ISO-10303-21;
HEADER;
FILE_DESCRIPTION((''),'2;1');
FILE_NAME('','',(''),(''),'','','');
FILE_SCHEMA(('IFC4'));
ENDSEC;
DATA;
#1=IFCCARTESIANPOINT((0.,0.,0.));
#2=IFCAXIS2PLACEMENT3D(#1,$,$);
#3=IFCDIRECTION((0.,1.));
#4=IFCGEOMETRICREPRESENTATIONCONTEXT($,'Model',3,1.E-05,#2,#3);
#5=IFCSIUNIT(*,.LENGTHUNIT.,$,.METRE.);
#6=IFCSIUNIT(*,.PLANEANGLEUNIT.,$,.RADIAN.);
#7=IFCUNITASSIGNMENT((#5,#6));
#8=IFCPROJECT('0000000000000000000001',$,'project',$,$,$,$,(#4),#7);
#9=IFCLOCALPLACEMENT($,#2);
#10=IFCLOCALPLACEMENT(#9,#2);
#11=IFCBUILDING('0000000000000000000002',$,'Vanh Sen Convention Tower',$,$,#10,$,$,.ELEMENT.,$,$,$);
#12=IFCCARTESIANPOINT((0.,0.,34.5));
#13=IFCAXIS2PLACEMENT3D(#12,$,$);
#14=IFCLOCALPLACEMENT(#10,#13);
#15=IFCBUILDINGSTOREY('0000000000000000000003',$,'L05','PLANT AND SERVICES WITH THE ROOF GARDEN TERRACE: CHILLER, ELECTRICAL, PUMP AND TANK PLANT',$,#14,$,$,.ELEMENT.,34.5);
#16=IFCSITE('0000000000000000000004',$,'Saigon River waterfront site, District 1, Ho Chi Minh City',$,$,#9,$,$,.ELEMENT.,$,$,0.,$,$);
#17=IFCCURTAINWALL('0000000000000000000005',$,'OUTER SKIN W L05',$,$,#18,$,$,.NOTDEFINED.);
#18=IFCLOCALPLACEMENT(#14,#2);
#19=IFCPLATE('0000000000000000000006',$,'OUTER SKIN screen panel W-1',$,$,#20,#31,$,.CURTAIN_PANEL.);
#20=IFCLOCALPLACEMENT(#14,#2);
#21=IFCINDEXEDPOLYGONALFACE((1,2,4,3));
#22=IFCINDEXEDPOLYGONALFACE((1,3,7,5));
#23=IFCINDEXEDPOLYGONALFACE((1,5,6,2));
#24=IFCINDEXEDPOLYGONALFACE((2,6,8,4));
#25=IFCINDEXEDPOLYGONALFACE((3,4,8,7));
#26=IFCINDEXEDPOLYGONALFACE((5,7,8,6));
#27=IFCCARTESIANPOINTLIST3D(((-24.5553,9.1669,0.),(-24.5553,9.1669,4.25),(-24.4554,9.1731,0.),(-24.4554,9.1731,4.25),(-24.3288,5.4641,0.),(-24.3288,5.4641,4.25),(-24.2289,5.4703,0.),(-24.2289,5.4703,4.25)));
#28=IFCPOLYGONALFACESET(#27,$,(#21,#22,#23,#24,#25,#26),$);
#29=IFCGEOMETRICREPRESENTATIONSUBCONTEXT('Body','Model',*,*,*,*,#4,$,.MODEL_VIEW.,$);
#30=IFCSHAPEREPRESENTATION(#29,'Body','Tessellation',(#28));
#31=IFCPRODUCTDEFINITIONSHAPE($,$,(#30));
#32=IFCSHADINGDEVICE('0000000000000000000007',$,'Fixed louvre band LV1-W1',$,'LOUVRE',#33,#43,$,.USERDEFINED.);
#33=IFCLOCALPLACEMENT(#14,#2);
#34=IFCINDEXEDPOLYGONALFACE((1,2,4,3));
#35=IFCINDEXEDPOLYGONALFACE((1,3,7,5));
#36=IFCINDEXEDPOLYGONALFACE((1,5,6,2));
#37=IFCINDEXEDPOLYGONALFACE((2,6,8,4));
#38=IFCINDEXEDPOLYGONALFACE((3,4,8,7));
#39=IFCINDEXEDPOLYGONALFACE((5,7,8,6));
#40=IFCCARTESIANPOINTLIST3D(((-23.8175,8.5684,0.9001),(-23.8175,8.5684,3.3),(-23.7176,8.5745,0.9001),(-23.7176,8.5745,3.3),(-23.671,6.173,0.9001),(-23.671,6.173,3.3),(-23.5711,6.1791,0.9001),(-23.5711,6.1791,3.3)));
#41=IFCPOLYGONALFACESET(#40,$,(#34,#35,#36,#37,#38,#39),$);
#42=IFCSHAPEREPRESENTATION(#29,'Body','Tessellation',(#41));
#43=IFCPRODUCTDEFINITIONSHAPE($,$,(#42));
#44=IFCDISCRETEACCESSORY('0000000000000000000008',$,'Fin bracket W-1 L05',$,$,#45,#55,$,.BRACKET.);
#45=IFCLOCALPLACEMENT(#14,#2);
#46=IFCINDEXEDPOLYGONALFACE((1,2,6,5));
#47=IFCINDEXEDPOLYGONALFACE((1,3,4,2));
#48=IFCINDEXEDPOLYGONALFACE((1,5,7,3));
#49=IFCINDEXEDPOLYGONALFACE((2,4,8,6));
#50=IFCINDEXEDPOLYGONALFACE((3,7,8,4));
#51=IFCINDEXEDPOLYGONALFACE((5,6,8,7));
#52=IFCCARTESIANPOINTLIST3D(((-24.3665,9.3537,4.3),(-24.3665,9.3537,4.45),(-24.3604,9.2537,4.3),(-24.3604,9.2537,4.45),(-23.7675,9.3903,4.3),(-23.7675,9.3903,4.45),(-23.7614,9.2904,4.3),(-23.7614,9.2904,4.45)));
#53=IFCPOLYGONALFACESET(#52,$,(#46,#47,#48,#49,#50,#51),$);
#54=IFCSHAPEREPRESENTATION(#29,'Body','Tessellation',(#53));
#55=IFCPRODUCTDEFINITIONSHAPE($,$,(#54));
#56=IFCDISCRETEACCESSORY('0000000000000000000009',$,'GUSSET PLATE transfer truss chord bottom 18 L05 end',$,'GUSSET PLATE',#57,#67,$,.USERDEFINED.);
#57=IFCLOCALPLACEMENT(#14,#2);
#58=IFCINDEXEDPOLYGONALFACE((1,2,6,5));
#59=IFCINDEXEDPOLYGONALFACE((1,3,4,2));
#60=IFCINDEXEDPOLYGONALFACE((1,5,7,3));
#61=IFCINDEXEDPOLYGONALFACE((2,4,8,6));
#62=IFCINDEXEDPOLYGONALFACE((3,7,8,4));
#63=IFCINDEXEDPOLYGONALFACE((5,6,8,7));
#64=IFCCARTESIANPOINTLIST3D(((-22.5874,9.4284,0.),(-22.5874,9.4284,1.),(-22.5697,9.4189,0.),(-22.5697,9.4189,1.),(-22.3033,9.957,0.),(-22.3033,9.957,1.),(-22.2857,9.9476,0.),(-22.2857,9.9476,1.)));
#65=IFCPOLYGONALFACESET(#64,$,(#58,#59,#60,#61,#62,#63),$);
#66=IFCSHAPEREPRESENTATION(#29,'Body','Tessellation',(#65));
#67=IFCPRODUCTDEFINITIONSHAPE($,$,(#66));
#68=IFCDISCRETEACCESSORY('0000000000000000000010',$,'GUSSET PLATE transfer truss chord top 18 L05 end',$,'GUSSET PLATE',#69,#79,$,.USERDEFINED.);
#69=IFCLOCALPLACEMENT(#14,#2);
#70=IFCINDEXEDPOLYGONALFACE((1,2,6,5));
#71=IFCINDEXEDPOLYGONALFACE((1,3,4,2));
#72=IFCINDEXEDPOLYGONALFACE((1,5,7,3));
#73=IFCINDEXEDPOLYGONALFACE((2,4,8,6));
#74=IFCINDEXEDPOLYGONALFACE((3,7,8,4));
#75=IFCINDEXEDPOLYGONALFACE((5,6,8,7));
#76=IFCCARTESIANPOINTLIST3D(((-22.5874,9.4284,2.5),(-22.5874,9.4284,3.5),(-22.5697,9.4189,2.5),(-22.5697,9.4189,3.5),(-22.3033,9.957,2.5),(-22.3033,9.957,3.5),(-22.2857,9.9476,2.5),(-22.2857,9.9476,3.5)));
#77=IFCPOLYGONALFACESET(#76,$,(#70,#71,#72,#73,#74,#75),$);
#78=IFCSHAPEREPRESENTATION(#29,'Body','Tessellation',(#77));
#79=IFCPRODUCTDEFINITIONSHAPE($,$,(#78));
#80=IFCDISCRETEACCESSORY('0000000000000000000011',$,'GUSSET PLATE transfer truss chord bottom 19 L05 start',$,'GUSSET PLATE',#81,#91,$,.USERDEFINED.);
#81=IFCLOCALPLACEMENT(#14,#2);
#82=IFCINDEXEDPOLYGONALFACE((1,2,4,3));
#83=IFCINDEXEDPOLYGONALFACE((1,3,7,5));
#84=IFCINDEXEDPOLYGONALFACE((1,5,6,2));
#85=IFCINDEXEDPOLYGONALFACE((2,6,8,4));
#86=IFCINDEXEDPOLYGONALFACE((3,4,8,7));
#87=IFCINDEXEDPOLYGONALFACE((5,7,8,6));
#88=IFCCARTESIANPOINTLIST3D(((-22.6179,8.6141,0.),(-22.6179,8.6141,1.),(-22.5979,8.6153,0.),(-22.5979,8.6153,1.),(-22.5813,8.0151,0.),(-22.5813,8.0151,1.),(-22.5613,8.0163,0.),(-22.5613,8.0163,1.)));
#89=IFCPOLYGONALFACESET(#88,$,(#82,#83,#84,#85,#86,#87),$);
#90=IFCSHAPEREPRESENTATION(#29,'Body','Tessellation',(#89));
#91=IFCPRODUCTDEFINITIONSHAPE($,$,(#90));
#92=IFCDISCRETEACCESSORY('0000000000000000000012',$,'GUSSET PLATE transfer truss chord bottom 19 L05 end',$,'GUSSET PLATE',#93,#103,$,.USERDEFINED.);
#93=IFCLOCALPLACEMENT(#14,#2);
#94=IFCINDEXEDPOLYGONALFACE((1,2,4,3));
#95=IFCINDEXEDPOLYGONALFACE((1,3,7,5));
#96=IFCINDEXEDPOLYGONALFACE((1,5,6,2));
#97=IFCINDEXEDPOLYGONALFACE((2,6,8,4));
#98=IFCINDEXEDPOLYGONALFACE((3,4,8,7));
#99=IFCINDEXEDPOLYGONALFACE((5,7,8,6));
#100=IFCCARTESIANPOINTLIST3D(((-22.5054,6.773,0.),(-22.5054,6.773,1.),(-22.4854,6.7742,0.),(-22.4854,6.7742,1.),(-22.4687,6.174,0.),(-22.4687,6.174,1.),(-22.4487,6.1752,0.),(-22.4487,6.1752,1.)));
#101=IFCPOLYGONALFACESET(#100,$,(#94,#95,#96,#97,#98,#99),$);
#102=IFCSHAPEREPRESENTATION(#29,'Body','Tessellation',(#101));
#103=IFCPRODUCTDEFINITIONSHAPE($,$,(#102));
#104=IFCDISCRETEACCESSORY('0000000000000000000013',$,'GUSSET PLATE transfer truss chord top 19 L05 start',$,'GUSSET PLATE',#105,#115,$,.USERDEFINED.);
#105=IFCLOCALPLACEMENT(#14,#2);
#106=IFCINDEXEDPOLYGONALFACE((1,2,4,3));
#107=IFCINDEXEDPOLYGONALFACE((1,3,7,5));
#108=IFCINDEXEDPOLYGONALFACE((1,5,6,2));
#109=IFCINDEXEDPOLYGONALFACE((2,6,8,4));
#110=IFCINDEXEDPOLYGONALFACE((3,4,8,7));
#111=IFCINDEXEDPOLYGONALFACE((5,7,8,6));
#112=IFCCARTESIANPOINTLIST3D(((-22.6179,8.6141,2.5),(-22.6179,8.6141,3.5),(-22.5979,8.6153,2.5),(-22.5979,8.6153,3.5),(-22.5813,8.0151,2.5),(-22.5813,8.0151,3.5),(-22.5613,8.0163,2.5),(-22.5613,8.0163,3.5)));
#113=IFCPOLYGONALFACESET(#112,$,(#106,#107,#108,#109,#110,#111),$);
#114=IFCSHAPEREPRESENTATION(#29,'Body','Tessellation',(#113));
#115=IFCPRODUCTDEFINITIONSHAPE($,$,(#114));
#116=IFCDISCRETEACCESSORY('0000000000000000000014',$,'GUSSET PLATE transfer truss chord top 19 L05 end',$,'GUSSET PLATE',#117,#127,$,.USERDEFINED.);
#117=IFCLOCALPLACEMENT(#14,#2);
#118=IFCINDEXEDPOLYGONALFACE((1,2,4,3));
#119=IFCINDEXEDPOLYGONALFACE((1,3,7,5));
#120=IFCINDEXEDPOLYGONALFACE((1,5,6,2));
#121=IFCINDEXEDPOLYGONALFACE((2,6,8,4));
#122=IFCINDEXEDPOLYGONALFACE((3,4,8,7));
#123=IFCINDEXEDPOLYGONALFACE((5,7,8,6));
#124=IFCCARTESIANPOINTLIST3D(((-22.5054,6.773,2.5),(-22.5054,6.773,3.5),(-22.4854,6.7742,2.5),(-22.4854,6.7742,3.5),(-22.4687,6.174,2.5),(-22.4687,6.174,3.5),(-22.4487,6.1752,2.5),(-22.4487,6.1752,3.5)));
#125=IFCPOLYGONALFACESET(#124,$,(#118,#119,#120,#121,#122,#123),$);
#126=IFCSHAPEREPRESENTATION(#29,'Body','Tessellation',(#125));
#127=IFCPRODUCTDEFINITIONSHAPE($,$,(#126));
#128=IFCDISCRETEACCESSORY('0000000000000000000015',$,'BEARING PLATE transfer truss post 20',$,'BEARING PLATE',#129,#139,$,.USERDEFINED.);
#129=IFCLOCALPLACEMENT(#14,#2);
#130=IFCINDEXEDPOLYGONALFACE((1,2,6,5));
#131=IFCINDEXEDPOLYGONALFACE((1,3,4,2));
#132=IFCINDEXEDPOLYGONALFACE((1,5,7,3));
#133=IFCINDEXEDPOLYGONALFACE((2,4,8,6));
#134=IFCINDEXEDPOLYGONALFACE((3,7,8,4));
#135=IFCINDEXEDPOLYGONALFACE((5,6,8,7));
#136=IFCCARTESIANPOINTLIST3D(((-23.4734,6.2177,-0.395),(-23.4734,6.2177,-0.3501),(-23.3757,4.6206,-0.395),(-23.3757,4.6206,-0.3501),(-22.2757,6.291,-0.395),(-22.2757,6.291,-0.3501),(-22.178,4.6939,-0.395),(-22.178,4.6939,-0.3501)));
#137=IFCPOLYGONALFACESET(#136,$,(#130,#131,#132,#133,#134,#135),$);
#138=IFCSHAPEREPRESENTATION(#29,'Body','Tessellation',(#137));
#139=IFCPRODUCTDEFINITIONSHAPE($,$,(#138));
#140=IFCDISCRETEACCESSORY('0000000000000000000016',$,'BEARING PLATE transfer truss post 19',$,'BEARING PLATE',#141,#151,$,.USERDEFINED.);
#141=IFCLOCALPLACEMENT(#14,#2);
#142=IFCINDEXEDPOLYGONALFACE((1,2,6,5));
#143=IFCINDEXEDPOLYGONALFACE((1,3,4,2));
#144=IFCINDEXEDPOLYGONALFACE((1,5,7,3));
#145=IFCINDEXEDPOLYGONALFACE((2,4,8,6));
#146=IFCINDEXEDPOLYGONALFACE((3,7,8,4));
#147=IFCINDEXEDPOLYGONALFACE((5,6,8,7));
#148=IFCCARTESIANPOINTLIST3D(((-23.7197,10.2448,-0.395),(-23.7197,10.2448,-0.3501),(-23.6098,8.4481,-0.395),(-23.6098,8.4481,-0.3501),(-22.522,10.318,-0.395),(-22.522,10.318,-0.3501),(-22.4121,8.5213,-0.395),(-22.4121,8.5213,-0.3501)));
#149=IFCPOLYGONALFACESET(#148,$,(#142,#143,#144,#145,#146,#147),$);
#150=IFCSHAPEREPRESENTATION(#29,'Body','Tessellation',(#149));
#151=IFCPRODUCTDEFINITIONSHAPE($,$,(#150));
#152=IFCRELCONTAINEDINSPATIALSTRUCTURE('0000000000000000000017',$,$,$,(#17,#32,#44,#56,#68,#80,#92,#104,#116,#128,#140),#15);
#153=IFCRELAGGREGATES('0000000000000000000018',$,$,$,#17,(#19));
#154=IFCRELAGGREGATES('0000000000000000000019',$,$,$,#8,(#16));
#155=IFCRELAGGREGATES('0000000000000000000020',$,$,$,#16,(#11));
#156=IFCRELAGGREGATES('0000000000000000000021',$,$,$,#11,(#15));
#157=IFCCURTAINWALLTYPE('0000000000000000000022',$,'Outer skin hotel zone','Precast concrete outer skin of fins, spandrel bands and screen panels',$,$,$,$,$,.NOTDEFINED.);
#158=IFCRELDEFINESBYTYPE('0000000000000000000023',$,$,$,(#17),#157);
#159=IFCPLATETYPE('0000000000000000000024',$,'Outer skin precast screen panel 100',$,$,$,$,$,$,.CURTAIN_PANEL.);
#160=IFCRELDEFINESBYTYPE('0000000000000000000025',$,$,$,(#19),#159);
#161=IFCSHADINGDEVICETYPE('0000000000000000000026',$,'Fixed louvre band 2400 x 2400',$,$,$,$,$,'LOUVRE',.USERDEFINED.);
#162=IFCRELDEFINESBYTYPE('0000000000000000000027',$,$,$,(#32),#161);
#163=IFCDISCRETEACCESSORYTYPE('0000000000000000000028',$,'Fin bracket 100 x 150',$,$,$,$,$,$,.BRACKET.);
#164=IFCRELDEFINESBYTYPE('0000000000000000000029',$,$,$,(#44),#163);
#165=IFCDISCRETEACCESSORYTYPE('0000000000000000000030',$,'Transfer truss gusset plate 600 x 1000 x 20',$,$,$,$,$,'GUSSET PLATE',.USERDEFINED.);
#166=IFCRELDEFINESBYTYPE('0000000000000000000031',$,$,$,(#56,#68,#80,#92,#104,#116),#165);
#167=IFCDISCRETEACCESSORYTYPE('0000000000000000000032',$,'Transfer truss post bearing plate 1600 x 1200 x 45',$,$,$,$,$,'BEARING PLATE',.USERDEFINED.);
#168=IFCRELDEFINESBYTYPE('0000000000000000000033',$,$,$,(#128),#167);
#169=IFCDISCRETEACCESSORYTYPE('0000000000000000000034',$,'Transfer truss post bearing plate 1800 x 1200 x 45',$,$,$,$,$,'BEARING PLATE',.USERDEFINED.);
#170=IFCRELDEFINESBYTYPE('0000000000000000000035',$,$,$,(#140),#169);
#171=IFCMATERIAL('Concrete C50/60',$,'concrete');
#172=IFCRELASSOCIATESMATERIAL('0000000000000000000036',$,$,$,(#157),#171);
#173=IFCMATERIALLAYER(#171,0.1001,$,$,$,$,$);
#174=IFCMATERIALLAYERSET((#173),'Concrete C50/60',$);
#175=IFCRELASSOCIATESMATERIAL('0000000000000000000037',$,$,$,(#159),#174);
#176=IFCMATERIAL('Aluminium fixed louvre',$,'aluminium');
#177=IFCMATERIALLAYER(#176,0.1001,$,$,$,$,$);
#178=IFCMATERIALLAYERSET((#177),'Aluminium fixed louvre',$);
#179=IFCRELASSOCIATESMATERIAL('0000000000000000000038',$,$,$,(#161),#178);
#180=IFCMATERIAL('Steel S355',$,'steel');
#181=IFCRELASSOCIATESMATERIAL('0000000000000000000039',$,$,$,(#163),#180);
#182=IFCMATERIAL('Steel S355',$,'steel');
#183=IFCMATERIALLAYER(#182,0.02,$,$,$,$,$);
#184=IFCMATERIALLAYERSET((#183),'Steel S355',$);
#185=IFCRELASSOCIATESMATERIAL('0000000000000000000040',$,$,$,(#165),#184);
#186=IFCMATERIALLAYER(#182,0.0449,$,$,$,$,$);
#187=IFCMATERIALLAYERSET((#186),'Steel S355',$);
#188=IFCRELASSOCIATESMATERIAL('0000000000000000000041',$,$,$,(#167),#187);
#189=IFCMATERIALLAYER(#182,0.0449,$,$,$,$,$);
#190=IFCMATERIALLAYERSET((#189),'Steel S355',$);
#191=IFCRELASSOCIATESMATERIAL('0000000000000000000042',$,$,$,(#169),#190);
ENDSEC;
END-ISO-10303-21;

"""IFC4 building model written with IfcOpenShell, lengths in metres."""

from ifc_helpers import new_model, si_unit, direction, frame, origin, origin_2d, place, context, subcontext, project, spatial, rectangle, extrude, material, layer, layer_set, type_object, element, aggregate, save


model = new_model("IFC4")

# Units and contexts
model_context = context("Model", 3, precision=1e-05, world=origin(), true_north=direction((0.0, 1.0)))
body_context = subcontext(model_context, "Body", "Model", "MODEL_VIEW")
ifc_project = project(units=[si_unit("LENGTHUNIT", "METRE"), si_unit("PLANEANGLEUNIT", "RADIAN")], contexts=[model_context])

# Site, building, storey
site_placement = place(None, origin())
site = spatial("IfcSite", under=ifc_project, at=site_placement, Name="Saigon River waterfront site, District 1, Ho Chi Minh City", CompositionType="ELEMENT", RefElevation=0.0)
building_placement = place(site_placement, origin())
building = spatial("IfcBuilding", under=site, at=building_placement, Name="Vanh Sen Convention Tower", CompositionType="ELEMENT")
storey_placement = place(building_placement, frame((0.0, 0.0, 34.5)))
storey = spatial("IfcBuildingStorey", under=building, at=storey_placement, Name="L05", Description="PLANT AND SERVICES WITH THE ROOF GARDEN TERRACE: CHILLER, ELECTRICAL, PUMP AND TANK PLANT", CompositionType="ELEMENT", Elevation=34.5)

# Curtain wall
ifc_material_1 = material(Name="Concrete C50/60", Category="concrete")
curtain_wall_type = type_object("IfcCurtainWallType", Name="Outer skin hotel zone", Description="Precast concrete outer skin of fins, spandrel bands and screen panels", PredefinedType="NOTDEFINED", material=ifc_material_1)
curtain_wall_placement = place(storey_placement, origin())
curtain_wall = element("IfcCurtainWall", 1, at=curtain_wall_placement, inside=storey, type_object=curtain_wall_type, Name="OUTER SKIN W L05", PredefinedType="NOTDEFINED")

# Shared definitions
ifc_material_2 = material(Name="Steel S355", Category="steel")

# Plate
ifc_layer_1 = layer(ifc_material_1, 0.1001)
ifc_layer_set_1 = layer_set([ifc_layer_1], Name="Concrete C50/60")
plate_type = type_object("IfcPlateType", Name="Outer skin precast screen panel 100", PredefinedType="CURTAIN_PANEL", material=ifc_layer_set_1)
plate_placement = place(storey_placement, frame((-24.3921, 7.3186, 0.0), z_axis=(0.0, 0.0, 1.0), x_axis=(0.061047, -0.998135, 0.0)))
plate = element("IfcPlate", 2, at=plate_placement, type_object=plate_type, Name="OUTER SKIN screen panel W-1", PredefinedType="CURTAIN_PANEL", context=body_context, shape_type="SweptSolid", body=[
    extrude(rectangle(XDim=3.7097, YDim=0.1001, at=origin_2d()), origin(), (0.0, 0.0, 1.0), 4.25),
])
aggregate(curtain_wall, [plate])

# Shading device
ifc_material_3 = material(Name="Aluminium fixed louvre", Category="aluminium")
ifc_layer_2 = layer(ifc_material_3, 0.1001)
ifc_layer_set_2 = layer_set([ifc_layer_2], Name="Aluminium fixed louvre")
shading_device_type = type_object("IfcShadingDeviceType", Name="Fixed louvre band 2400 x 2400", ElementType="LOUVRE", PredefinedType="USERDEFINED", material=ifc_layer_set_2)
shading_device_placement = place(storey_placement, frame((-23.6943, 7.3738, 0.9001), z_axis=(0.0, 0.0, 1.0), x_axis=(0.061049, -0.998135, 0.0)))
element("IfcShadingDevice", 3, at=shading_device_placement, inside=storey, type_object=shading_device_type, Name="Fixed louvre band LV1-W1", ObjectType="LOUVRE", PredefinedType="USERDEFINED", context=body_context, shape_type="SweptSolid", body=[
    extrude(rectangle(XDim=2.3999, YDim=0.1001, at=origin_2d()), origin(), (0.0, 0.0, 1.0), 2.3999),
])

# Discrete accessories
ifc_material_4 = material(Name="Steel S355", Category="steel")
discrete_accessory_type_1 = type_object("IfcDiscreteAccessoryType", Name="Fin bracket 100 x 150", PredefinedType="BRACKET", material=ifc_material_4)
discrete_accessory_1_placement = place(storey_placement, frame((-24.064, 9.322, 4.3), z_axis=(0.0, 0.0, 1.0), x_axis=(-0.998135, -0.061049, 0.0)))
element("IfcDiscreteAccessory", 4, at=discrete_accessory_1_placement, inside=storey, type_object=discrete_accessory_type_1, Name="Fin bracket W-1 L05", PredefinedType="BRACKET", context=body_context, shape_type="SweptSolid", body=[
    extrude(rectangle(XDim=0.6001, YDim=0.1001, at=origin_2d()), origin(), (0.0, 0.0, 1.0), 0.1499),
])
ifc_layer_3 = layer(ifc_material_2, 0.02)
ifc_layer_set_3 = layer_set([ifc_layer_3], Name="Steel S355")
discrete_accessory_type_2 = type_object("IfcDiscreteAccessoryType", Name="Transfer truss gusset plate 600 x 1000 x 20", ElementType="GUSSET PLATE", PredefinedType="USERDEFINED", material=ifc_layer_set_3)
for number, where, z_axis, x_axis, name in (
    (5, (-22.4365, 9.688, 0.0), (0.0, 0.0, 1.0), (0.473317, 0.880892, 0.0), "GUSSET PLATE transfer truss chord bottom 18 L05 end"),
    (6, (-22.4365, 9.688, 2.5), (0.0, 0.0, 1.0), (0.473317, 0.880892, 0.0), "GUSSET PLATE transfer truss chord top 18 L05 end"),
    (7, (-22.5896, 8.3152, 0.0), (0.0, 0.0, 1.0), (0.061047, -0.998135, 0.0), "GUSSET PLATE transfer truss chord bottom 19 L05 start"),
    (8, (-22.4771, 6.4741, 0.0), (0.0, 0.0, 1.0), (-0.061047, 0.998135, 0.0), "GUSSET PLATE transfer truss chord bottom 19 L05 end"),
    (9, (-22.5896, 8.3152, 2.5), (0.0, 0.0, 1.0), (0.061047, -0.998135, 0.0), "GUSSET PLATE transfer truss chord top 19 L05 start"),
    (10, (-22.4771, 6.4741, 2.5), (0.0, 0.0, 1.0), (-0.061047, 0.998135, 0.0), "GUSSET PLATE transfer truss chord top 19 L05 end"),
):
    element("IfcDiscreteAccessory", number, at=place(storey_placement, frame(where, z_axis=z_axis, x_axis=x_axis)), inside=storey, type_object=discrete_accessory_type_2, Name=name, ObjectType="GUSSET PLATE", PredefinedType="USERDEFINED", context=body_context, shape_type="SweptSolid", body=[
        extrude(rectangle(XDim=0.6001, YDim=0.02, at=origin_2d()), origin(), (0.0, 0.0, 1.0), 1.0),
    ])
ifc_layer_4 = layer(ifc_material_2, 0.0449)
ifc_layer_set_4 = layer_set([ifc_layer_4], Name="Steel S355")
discrete_accessory_type_3 = type_object("IfcDiscreteAccessoryType", Name="Transfer truss post bearing plate 1600 x 1200 x 45", ElementType="BEARING PLATE", PredefinedType="USERDEFINED", material=ifc_layer_set_4)
discrete_accessory_2_placement = place(storey_placement, frame((-22.8257, 5.4558, -0.395), z_axis=(0.0, 0.0, 1.0), x_axis=(0.061049, -0.998135, 0.0)))
element("IfcDiscreteAccessory", 11, at=discrete_accessory_2_placement, inside=storey, type_object=discrete_accessory_type_3, Name="BEARING PLATE transfer truss post 20", ObjectType="BEARING PLATE", PredefinedType="USERDEFINED", context=body_context, shape_type="SweptSolid", body=[
    extrude(rectangle(XDim=1.6001, YDim=1.2, at=origin_2d()), origin(), (0.0, 0.0, 1.0), 0.0449),
])
ifc_layer_5 = layer(ifc_material_2, 0.0449)
ifc_layer_set_5 = layer_set([ifc_layer_5], Name="Steel S355")
discrete_accessory_type_4 = type_object("IfcDiscreteAccessoryType", Name="Transfer truss post bearing plate 1800 x 1200 x 45", ElementType="BEARING PLATE", PredefinedType="USERDEFINED", material=ifc_layer_set_5)
discrete_accessory_3_placement = place(storey_placement, frame((-23.0659, 9.3831, -0.395), z_axis=(0.0, 0.0, 1.0), x_axis=(0.061049, -0.998135, 0.0)))
element("IfcDiscreteAccessory", 12, at=discrete_accessory_3_placement, inside=storey, type_object=discrete_accessory_type_4, Name="BEARING PLATE transfer truss post 19", ObjectType="BEARING PLATE", PredefinedType="USERDEFINED", context=body_context, shape_type="SweptSolid", body=[
    extrude(rectangle(XDim=1.8, YDim=1.2, at=origin_2d()), origin(), (0.0, 0.0, 1.0), 0.0449),
])

save(model, "model.ifc")
